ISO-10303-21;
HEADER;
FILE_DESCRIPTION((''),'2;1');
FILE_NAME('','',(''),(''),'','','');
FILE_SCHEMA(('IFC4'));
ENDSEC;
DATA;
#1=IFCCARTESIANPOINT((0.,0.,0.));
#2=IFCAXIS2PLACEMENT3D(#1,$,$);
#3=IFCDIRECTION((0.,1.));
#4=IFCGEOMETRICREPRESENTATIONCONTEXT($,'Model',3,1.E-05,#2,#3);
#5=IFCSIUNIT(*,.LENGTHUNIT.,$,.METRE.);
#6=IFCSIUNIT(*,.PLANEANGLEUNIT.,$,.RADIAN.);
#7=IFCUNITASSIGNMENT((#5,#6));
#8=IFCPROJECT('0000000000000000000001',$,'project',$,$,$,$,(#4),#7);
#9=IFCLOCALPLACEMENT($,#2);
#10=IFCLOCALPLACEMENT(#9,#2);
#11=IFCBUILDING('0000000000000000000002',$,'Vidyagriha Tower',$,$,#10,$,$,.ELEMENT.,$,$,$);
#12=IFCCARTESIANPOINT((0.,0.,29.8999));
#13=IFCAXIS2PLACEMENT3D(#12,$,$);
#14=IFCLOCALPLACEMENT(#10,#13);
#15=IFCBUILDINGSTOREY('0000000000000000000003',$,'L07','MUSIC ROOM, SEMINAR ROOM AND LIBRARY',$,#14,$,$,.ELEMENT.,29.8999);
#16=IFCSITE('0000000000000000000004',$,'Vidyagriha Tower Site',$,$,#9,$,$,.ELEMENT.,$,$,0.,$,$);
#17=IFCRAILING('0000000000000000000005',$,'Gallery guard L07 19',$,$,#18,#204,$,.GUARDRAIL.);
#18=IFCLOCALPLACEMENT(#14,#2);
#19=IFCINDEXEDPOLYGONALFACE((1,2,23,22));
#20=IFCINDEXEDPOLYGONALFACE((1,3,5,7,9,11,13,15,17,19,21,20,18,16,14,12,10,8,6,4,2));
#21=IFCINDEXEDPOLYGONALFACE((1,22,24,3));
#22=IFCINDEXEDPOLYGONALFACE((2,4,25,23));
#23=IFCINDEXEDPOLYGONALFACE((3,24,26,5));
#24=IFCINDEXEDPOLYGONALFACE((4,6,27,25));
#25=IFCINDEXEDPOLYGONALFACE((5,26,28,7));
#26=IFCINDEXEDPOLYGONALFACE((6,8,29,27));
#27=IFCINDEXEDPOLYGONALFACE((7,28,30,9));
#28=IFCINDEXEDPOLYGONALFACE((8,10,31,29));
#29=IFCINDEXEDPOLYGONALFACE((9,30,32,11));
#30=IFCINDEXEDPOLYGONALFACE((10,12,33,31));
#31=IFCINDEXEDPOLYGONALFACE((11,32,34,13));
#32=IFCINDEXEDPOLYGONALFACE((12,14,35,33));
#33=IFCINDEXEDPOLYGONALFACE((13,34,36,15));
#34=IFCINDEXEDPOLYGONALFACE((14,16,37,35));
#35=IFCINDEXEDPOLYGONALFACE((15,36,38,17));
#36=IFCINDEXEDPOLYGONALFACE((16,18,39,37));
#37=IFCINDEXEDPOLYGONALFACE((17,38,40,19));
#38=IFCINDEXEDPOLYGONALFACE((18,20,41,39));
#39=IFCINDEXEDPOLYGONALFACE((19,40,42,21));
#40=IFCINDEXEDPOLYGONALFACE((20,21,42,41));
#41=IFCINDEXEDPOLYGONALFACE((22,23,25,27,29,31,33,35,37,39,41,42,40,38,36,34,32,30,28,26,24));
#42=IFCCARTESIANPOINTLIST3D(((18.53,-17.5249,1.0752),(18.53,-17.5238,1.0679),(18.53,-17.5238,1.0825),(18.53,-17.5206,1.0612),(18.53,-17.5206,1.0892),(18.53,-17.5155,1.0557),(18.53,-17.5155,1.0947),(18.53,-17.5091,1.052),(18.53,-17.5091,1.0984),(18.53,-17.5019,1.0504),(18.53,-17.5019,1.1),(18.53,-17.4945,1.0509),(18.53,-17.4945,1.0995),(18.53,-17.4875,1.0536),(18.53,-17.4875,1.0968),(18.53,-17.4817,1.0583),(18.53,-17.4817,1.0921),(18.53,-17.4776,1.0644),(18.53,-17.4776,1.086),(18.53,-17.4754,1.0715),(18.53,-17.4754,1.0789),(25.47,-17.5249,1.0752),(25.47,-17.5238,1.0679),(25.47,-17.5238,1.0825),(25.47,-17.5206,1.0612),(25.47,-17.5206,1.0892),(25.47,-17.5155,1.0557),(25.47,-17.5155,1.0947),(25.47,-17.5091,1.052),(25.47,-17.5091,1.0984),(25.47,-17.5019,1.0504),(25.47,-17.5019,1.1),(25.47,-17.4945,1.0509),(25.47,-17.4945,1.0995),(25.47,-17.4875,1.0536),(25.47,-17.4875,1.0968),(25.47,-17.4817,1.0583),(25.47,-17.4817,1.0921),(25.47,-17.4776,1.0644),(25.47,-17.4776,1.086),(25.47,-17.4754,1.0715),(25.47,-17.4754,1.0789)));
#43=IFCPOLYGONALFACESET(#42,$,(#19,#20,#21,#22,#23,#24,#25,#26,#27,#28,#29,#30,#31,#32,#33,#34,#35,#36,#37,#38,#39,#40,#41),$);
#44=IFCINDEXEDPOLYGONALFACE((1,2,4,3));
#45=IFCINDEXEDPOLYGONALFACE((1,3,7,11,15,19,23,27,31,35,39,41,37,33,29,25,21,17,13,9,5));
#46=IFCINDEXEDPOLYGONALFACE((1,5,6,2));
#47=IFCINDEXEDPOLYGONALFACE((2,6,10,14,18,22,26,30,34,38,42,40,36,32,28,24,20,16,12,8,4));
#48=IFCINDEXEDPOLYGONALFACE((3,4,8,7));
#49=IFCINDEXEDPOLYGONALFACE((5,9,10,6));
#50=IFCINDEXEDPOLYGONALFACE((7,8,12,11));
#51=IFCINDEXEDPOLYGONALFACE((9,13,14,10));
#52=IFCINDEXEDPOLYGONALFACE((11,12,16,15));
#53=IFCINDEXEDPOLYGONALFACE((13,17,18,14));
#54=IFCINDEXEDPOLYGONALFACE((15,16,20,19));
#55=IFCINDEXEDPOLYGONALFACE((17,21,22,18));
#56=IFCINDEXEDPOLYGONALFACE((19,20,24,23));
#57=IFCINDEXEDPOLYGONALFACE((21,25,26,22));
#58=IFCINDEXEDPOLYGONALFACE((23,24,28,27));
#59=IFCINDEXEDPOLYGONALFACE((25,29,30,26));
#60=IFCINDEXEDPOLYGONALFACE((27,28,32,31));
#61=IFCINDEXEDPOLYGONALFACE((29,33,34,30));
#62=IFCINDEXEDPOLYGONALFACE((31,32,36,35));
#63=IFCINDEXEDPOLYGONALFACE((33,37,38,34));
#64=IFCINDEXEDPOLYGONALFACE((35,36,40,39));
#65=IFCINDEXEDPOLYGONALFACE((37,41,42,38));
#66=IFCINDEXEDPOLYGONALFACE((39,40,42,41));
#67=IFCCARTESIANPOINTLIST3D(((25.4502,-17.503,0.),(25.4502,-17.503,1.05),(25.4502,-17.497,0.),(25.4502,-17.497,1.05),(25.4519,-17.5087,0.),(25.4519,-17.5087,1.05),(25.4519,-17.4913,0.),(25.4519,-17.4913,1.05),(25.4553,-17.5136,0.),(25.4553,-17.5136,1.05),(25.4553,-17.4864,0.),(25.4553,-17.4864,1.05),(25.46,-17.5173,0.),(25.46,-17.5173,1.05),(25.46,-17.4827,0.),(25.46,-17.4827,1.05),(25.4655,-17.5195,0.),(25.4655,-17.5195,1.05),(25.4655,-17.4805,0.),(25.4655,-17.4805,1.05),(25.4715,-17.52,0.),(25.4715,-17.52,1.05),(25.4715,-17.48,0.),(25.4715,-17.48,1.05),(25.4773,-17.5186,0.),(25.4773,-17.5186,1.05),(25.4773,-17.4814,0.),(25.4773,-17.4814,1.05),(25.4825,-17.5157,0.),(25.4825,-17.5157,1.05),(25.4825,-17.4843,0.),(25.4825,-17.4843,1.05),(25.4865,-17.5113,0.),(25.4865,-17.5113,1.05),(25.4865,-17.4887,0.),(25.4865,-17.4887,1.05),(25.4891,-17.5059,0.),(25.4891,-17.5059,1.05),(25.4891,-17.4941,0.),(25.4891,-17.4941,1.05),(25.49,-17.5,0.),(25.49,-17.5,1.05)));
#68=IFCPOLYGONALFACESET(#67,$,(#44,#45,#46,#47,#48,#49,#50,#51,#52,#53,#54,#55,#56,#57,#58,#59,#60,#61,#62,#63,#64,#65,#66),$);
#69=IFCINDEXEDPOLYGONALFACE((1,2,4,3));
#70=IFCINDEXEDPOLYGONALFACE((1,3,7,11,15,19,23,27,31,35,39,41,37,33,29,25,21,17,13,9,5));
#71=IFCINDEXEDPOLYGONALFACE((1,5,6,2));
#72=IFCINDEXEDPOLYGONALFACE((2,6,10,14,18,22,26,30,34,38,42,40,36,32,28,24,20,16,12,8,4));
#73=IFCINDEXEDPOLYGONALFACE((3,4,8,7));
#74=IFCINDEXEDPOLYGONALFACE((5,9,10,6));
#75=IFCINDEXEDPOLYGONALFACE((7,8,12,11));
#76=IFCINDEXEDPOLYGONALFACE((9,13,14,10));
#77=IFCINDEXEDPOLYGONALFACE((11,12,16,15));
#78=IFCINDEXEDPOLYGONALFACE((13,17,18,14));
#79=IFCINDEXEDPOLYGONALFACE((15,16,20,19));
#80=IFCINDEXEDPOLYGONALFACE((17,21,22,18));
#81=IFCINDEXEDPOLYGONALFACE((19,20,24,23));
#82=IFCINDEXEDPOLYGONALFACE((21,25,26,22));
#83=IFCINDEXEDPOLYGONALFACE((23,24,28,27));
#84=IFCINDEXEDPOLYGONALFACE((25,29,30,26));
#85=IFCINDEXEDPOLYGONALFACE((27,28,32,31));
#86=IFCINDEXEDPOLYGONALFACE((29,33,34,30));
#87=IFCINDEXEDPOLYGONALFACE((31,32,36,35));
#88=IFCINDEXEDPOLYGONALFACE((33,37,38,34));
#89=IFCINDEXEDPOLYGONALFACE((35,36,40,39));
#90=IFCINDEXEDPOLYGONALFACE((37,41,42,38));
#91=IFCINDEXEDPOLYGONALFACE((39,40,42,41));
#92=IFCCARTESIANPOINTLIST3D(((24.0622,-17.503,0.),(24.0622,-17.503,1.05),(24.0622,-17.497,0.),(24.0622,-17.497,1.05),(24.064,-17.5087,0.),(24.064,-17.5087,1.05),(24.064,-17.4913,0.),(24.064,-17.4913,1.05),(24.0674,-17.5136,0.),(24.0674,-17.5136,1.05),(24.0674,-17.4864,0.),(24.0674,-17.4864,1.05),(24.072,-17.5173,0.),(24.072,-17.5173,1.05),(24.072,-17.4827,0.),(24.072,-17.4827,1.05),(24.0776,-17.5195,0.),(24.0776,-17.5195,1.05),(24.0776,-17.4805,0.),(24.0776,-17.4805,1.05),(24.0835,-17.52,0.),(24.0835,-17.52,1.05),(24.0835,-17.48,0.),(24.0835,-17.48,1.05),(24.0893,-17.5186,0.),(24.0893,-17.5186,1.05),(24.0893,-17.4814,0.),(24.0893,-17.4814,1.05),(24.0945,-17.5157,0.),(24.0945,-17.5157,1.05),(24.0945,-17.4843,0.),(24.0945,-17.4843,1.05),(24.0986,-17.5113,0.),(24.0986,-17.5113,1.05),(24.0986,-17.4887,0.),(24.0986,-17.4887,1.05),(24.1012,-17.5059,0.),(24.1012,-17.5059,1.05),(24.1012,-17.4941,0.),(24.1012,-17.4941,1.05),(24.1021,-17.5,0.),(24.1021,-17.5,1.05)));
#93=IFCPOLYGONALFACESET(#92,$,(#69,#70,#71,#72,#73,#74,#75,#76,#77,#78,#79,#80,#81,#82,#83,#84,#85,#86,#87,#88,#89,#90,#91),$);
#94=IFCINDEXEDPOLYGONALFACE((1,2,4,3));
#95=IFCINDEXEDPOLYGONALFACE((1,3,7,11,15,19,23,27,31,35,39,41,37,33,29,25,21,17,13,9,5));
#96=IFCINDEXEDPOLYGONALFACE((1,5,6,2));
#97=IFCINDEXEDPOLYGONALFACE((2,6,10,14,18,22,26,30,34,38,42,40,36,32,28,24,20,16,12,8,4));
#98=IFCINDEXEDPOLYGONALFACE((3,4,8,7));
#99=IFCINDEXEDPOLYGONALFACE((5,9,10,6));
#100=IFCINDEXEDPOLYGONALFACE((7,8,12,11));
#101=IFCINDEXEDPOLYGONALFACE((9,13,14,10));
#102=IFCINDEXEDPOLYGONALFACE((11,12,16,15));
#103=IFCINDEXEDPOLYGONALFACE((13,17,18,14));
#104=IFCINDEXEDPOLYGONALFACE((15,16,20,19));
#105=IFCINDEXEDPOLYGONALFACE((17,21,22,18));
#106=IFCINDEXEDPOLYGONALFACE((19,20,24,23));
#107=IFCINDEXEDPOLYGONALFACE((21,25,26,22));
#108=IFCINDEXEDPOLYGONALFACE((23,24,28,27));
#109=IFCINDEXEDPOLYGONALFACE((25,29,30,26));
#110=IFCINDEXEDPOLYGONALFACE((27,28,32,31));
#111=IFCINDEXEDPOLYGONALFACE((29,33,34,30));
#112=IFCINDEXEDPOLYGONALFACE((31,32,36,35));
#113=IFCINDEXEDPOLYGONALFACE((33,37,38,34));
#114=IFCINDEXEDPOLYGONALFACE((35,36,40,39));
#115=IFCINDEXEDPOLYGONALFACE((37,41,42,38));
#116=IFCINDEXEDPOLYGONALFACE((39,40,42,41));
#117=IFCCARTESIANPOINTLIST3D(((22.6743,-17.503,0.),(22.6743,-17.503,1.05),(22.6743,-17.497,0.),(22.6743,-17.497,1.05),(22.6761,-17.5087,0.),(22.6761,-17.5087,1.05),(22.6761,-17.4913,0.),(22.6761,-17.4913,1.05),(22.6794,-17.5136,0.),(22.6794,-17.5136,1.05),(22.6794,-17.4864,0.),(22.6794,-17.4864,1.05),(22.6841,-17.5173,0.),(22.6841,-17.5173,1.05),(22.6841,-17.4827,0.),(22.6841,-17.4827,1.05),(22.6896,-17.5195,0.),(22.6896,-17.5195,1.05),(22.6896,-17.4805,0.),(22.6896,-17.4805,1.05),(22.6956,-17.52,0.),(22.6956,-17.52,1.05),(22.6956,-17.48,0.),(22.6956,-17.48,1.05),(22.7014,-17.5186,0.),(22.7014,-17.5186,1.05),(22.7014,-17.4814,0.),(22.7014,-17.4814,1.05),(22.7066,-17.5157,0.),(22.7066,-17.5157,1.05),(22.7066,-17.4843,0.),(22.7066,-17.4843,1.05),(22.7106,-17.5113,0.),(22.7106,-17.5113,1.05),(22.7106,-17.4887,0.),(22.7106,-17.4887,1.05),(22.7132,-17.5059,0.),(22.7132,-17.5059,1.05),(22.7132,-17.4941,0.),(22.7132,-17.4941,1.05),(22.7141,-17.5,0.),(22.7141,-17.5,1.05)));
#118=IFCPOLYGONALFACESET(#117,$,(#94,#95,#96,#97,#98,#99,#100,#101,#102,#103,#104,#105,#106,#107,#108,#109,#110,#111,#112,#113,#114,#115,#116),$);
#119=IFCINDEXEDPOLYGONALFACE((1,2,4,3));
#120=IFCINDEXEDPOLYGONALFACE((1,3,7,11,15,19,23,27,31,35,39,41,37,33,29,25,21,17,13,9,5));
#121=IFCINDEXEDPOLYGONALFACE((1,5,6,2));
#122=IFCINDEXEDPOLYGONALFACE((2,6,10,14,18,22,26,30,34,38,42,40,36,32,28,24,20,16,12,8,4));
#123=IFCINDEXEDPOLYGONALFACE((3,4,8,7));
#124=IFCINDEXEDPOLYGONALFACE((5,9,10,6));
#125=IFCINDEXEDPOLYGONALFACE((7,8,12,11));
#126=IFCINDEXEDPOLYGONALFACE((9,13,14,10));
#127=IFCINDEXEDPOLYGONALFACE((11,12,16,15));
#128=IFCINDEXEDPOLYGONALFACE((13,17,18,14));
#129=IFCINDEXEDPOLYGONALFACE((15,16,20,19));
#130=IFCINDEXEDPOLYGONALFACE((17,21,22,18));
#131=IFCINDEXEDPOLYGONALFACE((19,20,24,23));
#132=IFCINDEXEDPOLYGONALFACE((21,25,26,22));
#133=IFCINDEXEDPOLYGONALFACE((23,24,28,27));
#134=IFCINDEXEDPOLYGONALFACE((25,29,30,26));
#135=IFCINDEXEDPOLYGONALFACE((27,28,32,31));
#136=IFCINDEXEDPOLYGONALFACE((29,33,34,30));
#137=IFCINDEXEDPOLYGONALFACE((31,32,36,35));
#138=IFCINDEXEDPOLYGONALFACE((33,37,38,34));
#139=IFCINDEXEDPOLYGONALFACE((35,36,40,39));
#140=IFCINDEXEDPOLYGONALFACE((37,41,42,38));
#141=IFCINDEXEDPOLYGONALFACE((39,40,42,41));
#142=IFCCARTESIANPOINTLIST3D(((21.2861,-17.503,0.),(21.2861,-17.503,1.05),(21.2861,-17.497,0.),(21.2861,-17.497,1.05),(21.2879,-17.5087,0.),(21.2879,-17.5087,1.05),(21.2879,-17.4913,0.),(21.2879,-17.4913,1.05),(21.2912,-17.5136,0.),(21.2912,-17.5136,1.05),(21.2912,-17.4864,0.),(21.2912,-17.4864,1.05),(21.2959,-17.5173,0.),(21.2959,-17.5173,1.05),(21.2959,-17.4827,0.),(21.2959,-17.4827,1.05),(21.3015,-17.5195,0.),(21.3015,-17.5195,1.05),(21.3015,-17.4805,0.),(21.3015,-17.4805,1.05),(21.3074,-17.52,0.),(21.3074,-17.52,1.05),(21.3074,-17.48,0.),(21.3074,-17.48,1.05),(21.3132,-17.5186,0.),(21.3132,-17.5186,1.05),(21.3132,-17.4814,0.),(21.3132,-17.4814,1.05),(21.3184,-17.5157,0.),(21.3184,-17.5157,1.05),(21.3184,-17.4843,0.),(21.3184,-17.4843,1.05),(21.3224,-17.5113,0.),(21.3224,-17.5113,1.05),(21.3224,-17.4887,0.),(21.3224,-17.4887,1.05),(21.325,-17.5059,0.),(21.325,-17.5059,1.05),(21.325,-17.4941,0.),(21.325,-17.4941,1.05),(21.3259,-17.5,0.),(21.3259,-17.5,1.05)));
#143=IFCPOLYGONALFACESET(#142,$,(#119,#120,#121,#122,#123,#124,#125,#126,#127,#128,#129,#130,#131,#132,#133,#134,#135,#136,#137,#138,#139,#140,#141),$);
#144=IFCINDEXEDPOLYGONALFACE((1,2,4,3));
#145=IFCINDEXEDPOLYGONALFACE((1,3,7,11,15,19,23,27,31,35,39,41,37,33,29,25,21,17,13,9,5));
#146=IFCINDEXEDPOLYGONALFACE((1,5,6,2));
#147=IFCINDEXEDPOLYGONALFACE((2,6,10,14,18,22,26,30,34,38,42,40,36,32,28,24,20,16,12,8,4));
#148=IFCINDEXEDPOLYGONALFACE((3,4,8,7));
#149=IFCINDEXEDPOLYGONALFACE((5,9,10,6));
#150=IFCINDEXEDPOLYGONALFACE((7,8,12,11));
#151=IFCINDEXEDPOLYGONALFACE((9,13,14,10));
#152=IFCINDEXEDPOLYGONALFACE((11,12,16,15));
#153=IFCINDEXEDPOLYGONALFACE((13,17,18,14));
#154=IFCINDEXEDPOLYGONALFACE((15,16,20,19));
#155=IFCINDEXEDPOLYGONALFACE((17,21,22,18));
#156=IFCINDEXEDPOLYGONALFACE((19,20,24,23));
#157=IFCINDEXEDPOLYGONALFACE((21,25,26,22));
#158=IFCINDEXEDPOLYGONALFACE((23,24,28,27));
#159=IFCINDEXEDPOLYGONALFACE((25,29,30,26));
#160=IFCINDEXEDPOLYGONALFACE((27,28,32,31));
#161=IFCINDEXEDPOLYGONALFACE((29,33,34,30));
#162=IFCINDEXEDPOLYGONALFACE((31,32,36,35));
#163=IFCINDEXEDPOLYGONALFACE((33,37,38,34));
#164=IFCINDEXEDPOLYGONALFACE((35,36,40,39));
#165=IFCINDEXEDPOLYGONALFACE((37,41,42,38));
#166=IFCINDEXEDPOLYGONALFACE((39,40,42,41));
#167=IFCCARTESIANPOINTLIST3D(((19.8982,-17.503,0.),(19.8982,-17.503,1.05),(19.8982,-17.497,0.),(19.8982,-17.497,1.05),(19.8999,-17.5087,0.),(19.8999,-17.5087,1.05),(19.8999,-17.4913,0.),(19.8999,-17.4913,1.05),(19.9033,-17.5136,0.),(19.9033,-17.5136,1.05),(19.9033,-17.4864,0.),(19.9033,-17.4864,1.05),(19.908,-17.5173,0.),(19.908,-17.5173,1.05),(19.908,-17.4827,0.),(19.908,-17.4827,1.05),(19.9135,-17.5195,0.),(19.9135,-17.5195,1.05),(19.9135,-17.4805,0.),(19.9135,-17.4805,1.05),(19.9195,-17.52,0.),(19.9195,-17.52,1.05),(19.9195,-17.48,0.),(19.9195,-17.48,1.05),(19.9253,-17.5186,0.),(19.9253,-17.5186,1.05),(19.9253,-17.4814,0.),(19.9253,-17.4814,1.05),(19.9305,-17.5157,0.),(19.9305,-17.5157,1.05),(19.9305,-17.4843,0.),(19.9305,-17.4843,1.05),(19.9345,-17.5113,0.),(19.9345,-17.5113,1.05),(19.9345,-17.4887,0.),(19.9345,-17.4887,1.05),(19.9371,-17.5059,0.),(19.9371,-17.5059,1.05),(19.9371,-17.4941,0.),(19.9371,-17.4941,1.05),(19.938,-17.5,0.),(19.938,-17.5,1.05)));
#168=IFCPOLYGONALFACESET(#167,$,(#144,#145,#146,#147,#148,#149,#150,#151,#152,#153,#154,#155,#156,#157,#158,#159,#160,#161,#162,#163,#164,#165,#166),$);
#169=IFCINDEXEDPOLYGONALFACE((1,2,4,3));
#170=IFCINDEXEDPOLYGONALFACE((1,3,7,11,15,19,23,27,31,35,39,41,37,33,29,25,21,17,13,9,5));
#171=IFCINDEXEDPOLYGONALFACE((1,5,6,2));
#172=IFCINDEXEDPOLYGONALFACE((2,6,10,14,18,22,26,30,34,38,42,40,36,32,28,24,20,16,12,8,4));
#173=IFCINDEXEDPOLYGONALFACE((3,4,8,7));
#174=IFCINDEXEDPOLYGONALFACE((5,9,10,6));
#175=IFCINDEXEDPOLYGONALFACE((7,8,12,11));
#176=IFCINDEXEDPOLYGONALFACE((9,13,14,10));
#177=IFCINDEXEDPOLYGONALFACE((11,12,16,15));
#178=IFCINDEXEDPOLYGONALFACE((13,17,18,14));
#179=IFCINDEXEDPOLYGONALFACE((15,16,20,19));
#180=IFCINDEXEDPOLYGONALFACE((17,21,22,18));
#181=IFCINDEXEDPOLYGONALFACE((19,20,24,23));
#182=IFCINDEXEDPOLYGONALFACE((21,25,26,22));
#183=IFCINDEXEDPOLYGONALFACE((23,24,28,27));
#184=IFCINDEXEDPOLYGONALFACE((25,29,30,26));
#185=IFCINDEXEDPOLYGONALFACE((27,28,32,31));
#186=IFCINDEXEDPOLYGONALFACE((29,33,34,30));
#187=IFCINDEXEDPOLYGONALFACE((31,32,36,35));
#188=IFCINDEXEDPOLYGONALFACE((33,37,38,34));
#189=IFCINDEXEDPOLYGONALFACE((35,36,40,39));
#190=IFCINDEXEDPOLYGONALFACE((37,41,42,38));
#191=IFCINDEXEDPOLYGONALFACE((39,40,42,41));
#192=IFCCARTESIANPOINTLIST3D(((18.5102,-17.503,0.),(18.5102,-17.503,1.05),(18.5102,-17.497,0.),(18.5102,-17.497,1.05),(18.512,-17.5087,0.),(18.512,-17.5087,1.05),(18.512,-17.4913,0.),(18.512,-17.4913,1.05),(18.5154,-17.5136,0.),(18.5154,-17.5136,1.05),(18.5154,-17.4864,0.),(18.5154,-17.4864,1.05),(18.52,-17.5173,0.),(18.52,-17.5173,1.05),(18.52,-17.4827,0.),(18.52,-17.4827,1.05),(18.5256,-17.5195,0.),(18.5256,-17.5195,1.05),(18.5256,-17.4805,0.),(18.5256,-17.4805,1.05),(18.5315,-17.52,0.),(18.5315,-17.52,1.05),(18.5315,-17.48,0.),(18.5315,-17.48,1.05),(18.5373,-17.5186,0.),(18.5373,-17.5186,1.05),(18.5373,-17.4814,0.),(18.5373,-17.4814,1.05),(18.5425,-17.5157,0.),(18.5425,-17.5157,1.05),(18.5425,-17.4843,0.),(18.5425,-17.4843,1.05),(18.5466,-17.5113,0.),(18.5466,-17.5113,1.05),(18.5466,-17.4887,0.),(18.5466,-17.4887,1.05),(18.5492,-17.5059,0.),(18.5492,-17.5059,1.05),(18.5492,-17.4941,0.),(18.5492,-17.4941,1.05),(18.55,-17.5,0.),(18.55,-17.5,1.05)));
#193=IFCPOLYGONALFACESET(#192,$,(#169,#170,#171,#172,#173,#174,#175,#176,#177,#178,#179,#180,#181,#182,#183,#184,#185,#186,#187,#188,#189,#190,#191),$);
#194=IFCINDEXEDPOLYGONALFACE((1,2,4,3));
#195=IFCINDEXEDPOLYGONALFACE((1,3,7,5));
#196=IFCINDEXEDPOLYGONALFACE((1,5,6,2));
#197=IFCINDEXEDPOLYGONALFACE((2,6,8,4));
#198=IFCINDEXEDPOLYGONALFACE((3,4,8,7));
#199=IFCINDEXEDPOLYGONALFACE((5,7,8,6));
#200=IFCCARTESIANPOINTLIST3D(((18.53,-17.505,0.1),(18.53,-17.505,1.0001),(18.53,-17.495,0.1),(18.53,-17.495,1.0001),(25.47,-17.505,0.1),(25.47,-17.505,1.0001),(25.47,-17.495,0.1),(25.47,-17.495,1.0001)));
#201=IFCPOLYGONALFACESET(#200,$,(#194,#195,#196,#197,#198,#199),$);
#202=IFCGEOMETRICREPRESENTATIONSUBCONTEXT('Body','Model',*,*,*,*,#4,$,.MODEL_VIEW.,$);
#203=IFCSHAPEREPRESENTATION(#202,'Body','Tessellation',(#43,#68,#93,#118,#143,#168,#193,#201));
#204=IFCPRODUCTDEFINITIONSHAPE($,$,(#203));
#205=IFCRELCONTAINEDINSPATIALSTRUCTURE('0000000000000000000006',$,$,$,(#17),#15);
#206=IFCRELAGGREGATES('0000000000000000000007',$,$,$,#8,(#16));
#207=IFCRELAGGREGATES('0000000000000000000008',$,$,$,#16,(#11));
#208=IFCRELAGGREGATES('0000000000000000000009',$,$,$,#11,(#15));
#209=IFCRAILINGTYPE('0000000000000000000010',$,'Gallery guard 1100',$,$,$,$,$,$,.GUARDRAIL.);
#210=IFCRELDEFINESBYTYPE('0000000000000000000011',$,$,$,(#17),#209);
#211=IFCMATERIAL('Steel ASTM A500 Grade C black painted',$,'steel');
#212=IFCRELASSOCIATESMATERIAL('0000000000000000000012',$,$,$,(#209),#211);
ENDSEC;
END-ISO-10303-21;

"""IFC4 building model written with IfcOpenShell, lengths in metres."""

from ifc_helpers import new_model, si_unit, direction, frame, origin, origin_2d, place, context, subcontext, project, spatial, rectangle, circle, extrude, material, type_object, element, save


model = new_model("IFC4")

# Units and contexts
model_context = context("Model", 3, precision=1e-05, world=origin(), true_north=direction((0.0, 1.0)))
body_context = subcontext(model_context, "Body", "Model", "MODEL_VIEW")
ifc_project = project(units=[si_unit("LENGTHUNIT", "METRE"), si_unit("PLANEANGLEUNIT", "RADIAN")], contexts=[model_context])

# Site, building, storey
site_placement = place(None, origin())
site = spatial("IfcSite", under=ifc_project, at=site_placement, Name="Vidyagriha Tower Site", CompositionType="ELEMENT", RefElevation=0.0)
building_placement = place(site_placement, origin())
building = spatial("IfcBuilding", under=site, at=building_placement, Name="Vidyagriha Tower", CompositionType="ELEMENT")
storey_placement = place(building_placement, frame((0.0, 0.0, 29.8999)))
storey = spatial("IfcBuildingStorey", under=building, at=storey_placement, Name="L07", Description="MUSIC ROOM, SEMINAR ROOM AND LIBRARY", CompositionType="ELEMENT", Elevation=29.8999)

# Railing
ifc_material_1 = material(Name="Steel ASTM A500 Grade C black painted", Category="steel")
railing_type = type_object("IfcRailingType", Name="Gallery guard 1100", PredefinedType="GUARDRAIL", material=ifc_material_1)
for number, where, name in (
    (1, (25.47, -17.5, 0.0), "Gallery guard L07 19"),
):
    element("IfcRailing", number, at=place(storey_placement, frame(where)), inside=storey, type_object=railing_type, Name=name, PredefinedType="GUARDRAIL", context=body_context, shape_type="SweptSolid", body=[
        extrude(circle(Radius=0.0249, at=origin_2d()), frame((0.0, 0.0, 1.0752), z_axis=(-1.0, 0.0, 0.0), x_axis=(0.0, -1.0, 0.0)), (0.0, 0.0, 1.0), 6.9399),
        extrude(circle(Radius=0.02, at=origin_2d()), origin(), (0.0, 0.0, 1.0), 1.05),
        extrude(circle(Radius=0.02, at=origin_2d()), frame((-1.3879, 0.0, 0.0)), (0.0, 0.0, 1.0), 1.05),
        extrude(circle(Radius=0.02, at=origin_2d()), frame((-2.7759, 0.0, 0.0)), (0.0, 0.0, 1.0), 1.05),
        extrude(circle(Radius=0.02, at=origin_2d()), frame((-4.1641, 0.0, 0.0)), (0.0, 0.0, 1.0), 1.05),
        extrude(circle(Radius=0.02, at=origin_2d()), frame((-5.552, 0.0, 0.0)), (0.0, 0.0, 1.0), 1.05),
        extrude(circle(Radius=0.02, at=origin_2d()), frame((-6.9399, 0.0, 0.0)), (0.0, 0.0, 1.0), 1.05),
        extrude(rectangle(XDim=0.01, YDim=0.9001, at=origin_2d()), frame((0.0, 0.0, 0.55), z_axis=(-1.0, 0.0, 0.0), x_axis=(0.0, -1.0, 0.0)), (0.0, 0.0, 1.0), 6.9399),
    ])

save(model, "model.ifc")
